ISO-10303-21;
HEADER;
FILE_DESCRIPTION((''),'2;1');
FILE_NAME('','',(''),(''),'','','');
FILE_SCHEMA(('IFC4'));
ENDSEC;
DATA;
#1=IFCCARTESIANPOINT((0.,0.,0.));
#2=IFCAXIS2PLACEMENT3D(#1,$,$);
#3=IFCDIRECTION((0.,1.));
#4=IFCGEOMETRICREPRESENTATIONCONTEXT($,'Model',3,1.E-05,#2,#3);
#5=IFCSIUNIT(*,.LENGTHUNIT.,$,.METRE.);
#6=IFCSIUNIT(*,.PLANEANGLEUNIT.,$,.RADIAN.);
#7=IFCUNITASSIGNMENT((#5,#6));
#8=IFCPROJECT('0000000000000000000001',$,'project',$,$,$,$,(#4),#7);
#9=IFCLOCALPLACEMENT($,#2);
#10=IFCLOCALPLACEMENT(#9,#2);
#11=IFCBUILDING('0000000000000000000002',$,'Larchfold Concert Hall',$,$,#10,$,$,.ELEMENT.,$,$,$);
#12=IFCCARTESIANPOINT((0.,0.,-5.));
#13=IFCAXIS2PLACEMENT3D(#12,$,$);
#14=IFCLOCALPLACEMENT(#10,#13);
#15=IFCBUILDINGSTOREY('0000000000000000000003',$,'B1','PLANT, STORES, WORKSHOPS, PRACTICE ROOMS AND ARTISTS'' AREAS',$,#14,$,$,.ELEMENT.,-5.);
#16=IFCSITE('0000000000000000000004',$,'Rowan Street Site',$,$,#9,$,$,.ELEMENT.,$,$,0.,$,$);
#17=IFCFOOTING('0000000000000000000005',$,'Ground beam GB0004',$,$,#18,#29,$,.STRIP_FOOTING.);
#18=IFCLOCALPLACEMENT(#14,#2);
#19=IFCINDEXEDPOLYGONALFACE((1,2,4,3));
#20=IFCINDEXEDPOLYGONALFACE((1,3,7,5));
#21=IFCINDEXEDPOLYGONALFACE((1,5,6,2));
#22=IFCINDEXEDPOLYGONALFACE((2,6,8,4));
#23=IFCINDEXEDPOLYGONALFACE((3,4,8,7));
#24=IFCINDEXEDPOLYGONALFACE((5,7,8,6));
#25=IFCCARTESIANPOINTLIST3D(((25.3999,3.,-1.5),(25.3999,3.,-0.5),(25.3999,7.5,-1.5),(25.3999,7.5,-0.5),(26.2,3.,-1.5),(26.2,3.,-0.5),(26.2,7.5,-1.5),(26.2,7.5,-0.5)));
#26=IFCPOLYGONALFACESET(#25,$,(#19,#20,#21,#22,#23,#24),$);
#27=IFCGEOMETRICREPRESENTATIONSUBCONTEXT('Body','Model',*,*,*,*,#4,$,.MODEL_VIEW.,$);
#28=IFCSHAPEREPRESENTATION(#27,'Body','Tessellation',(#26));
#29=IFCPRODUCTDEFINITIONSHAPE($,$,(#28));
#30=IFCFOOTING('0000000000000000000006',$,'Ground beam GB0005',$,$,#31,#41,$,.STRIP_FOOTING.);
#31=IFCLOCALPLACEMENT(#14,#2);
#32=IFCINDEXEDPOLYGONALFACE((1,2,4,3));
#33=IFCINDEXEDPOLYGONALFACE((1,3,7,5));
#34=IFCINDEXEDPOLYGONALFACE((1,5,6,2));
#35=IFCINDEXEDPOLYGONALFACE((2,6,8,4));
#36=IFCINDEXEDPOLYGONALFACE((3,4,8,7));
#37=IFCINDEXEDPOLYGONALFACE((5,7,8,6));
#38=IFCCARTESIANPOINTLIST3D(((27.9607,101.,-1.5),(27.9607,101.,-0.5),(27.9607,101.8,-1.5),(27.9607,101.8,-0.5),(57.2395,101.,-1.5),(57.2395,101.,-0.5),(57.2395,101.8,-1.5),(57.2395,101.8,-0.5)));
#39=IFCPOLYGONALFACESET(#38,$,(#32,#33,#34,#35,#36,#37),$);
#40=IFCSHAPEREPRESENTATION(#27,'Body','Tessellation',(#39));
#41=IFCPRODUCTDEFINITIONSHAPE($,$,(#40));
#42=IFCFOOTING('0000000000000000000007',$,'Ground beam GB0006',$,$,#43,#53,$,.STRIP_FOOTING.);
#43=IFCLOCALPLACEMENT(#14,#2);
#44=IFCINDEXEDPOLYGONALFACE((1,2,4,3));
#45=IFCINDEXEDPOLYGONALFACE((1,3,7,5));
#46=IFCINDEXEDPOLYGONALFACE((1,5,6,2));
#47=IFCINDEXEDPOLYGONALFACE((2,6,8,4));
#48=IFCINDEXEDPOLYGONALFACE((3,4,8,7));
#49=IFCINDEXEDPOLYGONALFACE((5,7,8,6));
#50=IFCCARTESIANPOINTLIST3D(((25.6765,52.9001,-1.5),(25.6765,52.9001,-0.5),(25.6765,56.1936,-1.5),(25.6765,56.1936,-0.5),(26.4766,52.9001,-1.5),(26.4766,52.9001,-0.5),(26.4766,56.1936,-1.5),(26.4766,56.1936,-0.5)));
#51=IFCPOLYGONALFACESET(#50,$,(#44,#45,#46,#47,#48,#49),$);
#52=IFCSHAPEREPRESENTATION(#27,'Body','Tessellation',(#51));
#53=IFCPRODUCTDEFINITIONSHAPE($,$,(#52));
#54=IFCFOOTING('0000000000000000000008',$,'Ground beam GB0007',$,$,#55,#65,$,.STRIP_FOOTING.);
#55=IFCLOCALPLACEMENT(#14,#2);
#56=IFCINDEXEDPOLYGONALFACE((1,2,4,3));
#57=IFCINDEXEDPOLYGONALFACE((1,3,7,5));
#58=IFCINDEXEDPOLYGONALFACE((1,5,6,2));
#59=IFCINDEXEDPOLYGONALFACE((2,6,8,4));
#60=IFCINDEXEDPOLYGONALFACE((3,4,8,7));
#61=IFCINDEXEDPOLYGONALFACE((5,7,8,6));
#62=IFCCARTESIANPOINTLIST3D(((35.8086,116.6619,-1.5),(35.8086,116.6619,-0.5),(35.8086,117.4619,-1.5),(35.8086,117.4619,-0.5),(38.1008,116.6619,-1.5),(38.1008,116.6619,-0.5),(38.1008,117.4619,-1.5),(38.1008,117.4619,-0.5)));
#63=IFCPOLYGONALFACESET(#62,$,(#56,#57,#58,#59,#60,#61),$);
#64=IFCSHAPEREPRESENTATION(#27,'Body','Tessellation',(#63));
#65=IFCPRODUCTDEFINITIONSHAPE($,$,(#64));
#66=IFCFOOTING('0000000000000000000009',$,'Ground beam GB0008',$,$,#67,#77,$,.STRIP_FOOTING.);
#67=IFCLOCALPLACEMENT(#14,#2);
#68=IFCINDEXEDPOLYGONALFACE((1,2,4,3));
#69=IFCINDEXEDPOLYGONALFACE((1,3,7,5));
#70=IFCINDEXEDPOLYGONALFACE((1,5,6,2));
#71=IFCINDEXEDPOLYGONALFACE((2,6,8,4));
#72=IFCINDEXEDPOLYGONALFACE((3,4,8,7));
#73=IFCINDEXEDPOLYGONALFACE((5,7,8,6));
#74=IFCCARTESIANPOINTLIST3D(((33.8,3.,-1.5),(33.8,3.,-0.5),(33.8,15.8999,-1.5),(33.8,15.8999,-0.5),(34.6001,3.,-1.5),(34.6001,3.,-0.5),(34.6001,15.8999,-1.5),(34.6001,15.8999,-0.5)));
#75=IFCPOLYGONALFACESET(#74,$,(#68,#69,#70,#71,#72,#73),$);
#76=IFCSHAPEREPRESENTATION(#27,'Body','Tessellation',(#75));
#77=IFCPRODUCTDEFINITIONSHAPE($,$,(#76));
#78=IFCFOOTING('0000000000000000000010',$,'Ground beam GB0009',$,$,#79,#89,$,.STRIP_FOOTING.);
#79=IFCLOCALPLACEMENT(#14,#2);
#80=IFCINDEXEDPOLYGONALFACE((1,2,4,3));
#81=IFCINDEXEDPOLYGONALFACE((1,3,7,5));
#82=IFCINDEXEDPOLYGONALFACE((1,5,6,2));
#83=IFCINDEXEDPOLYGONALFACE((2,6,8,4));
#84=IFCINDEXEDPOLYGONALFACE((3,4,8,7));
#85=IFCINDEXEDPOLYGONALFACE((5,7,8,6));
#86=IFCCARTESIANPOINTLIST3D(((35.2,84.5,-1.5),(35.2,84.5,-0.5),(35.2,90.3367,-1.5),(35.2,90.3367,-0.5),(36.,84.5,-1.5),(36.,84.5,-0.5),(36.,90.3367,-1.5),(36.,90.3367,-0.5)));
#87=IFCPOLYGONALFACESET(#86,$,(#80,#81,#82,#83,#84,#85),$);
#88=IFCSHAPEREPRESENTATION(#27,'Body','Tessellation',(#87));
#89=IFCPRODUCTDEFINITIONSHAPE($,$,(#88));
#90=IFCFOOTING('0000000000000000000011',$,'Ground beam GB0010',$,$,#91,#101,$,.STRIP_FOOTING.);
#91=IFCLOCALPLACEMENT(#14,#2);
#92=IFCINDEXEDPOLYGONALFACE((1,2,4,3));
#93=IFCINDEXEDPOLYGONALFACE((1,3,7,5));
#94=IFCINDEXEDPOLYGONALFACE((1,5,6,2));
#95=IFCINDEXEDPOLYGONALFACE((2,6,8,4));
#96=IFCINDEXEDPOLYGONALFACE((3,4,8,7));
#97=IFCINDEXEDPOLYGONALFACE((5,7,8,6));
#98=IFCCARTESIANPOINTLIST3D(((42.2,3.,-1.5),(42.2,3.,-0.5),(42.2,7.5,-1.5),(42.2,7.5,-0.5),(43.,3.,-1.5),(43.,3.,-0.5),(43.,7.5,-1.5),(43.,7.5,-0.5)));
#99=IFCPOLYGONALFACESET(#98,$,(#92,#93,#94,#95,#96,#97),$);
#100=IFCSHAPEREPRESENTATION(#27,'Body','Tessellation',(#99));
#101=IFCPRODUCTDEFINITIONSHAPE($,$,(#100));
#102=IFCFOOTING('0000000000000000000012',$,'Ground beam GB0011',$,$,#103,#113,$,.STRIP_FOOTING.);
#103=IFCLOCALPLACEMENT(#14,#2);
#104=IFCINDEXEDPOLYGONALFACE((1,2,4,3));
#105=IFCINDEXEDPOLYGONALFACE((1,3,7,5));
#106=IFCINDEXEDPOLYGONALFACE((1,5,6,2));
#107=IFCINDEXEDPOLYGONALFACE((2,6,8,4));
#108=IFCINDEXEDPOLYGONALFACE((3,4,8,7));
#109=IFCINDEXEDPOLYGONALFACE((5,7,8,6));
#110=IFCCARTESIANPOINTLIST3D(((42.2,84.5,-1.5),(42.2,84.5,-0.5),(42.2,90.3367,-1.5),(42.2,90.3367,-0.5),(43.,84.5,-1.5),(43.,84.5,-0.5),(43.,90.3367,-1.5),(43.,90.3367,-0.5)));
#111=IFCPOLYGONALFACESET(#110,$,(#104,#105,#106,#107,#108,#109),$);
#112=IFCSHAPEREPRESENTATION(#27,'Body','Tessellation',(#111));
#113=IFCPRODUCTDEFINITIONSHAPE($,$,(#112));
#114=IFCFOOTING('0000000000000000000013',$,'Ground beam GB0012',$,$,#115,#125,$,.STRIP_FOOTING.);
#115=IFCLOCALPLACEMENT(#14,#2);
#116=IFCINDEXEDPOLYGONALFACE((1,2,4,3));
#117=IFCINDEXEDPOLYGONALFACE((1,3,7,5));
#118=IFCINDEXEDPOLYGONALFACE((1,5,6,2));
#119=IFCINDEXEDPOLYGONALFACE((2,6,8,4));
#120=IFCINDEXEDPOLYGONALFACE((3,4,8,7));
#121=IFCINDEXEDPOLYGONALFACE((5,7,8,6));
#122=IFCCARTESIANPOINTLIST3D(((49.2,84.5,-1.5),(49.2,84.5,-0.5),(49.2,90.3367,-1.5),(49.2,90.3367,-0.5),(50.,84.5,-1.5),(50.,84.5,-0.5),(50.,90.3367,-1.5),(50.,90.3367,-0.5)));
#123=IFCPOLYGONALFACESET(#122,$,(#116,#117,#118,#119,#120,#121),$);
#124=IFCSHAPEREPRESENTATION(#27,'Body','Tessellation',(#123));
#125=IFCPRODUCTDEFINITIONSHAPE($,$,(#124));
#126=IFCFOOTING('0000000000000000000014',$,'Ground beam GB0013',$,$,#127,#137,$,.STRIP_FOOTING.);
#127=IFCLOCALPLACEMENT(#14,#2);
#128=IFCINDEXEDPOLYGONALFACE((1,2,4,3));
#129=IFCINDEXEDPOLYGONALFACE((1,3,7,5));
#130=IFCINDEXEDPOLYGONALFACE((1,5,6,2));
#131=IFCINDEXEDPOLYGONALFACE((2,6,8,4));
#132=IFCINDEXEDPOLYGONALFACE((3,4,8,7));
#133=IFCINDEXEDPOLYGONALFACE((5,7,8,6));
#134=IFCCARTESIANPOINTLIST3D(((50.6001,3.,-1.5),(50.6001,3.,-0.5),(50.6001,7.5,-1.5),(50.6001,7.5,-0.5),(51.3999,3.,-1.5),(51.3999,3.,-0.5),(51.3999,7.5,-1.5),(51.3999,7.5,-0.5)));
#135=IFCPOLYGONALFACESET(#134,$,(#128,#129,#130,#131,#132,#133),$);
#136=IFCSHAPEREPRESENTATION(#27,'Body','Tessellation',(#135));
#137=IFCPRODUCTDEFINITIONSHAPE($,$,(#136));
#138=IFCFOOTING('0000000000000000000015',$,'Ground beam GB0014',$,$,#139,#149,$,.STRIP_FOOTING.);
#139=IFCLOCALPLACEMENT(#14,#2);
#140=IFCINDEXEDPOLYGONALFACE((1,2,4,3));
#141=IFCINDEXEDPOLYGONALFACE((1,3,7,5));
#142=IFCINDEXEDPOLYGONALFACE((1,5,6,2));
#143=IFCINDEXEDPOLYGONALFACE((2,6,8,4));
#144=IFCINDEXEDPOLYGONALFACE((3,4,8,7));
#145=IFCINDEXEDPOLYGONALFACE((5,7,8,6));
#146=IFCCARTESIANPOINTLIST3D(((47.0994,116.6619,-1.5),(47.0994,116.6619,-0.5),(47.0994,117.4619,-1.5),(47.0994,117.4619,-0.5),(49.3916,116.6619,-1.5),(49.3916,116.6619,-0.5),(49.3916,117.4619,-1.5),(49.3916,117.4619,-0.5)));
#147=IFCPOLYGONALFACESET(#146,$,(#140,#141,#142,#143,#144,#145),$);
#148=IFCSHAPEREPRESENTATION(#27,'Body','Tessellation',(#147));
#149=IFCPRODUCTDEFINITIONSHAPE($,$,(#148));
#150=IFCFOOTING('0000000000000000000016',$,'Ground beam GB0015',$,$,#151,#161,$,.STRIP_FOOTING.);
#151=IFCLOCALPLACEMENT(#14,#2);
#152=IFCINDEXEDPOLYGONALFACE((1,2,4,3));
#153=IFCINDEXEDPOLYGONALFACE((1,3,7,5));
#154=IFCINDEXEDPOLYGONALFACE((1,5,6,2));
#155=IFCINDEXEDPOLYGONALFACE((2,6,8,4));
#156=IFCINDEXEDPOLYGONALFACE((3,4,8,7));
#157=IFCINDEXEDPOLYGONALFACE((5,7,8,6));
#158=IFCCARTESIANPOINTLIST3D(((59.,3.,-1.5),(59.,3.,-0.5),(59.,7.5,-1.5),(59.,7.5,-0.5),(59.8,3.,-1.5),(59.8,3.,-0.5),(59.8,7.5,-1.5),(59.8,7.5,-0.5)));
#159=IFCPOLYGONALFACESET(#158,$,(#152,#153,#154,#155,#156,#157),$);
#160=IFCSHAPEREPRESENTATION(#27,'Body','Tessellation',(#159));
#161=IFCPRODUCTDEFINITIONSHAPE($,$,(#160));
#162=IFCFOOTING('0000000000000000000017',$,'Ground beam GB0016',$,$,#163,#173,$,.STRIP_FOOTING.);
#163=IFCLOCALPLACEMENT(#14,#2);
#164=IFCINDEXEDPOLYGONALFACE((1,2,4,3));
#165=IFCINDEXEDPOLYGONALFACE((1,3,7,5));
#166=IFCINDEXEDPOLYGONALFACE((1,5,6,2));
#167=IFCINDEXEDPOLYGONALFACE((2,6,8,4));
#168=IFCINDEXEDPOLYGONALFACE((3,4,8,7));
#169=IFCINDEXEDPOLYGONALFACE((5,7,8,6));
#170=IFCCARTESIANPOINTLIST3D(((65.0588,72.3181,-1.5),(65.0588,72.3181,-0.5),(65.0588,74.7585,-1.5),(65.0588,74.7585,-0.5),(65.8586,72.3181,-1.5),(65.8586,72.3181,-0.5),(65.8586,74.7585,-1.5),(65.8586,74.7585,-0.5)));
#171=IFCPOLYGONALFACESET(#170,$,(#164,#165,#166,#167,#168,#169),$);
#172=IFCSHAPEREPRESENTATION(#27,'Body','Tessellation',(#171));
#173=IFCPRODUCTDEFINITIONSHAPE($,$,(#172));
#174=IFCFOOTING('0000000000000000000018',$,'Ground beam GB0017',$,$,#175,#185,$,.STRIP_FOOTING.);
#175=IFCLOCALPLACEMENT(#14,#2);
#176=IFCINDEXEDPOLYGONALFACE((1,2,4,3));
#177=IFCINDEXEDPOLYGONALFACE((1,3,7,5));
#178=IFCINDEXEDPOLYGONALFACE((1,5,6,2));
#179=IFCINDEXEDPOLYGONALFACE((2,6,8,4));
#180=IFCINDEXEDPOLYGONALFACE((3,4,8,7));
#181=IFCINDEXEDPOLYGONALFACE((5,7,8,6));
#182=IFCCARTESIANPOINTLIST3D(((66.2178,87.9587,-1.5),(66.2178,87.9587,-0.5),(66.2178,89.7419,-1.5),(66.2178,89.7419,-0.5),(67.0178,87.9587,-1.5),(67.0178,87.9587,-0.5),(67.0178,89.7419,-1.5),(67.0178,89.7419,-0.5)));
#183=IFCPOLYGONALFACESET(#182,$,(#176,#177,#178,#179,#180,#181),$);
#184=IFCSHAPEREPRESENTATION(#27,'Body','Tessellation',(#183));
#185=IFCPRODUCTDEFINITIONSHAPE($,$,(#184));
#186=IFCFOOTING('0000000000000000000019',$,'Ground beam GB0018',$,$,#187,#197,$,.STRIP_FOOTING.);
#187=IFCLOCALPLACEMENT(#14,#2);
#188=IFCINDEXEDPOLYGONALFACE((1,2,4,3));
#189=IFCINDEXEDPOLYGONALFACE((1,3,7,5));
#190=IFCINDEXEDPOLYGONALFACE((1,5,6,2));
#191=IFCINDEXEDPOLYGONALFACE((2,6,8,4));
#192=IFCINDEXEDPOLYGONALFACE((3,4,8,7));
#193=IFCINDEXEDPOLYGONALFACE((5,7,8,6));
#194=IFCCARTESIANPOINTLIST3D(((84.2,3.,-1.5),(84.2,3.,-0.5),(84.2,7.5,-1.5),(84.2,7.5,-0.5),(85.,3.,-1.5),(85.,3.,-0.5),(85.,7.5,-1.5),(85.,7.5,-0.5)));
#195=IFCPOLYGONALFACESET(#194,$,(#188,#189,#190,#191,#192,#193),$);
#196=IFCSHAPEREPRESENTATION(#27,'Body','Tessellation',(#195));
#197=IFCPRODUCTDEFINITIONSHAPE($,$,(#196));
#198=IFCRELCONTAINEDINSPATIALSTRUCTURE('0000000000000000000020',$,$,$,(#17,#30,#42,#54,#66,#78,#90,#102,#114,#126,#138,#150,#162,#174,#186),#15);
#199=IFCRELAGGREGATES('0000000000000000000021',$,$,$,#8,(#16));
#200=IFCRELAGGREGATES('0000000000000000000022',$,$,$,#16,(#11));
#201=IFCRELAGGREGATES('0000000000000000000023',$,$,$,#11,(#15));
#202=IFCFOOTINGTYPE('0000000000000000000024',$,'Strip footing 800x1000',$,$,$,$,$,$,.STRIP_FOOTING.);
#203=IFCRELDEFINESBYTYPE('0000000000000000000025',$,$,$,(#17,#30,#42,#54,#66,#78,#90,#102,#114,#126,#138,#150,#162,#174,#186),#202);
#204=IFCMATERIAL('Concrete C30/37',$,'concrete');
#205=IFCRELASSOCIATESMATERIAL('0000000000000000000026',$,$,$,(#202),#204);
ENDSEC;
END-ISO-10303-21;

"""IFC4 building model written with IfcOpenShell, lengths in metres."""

from ifc_helpers import new_model, si_unit, direction, frame, origin, place, context, subcontext, project, spatial, polyline, outline, extrude, material, type_object, element, save


model = new_model("IFC4")

# Units and contexts
model_context = context("Model", 3, precision=1e-05, world=origin(), true_north=direction((0.0, 1.0)))
body_context = subcontext(model_context, "Body", "Model", "MODEL_VIEW")
ifc_project = project(units=[si_unit("LENGTHUNIT", "METRE"), si_unit("PLANEANGLEUNIT", "RADIAN")], contexts=[model_context])

# Site, building, storey
site_placement = place(None, origin())
site = spatial("IfcSite", under=ifc_project, at=site_placement, Name="Rowan Street Site", CompositionType="ELEMENT", RefElevation=0.0)
building_placement = place(site_placement, origin())
building = spatial("IfcBuilding", under=site, at=building_placement, Name="Larchfold Concert Hall", CompositionType="ELEMENT")
storey_placement = place(building_placement, frame((0.0, 0.0, -5.0)))
storey = spatial("IfcBuildingStorey", under=building, at=storey_placement, Name="B1", Description="PLANT, STORES, WORKSHOPS, PRACTICE ROOMS AND ARTISTS' AREAS", CompositionType="ELEMENT", Elevation=-5.0)

# Footings
ifc_material_1 = material(Name="Concrete C30/37", Category="concrete")
footing_type_1 = type_object("IfcFootingType", Name="Strip footing 800x1000", PredefinedType="STRIP_FOOTING", material=ifc_material_1)
footing_1_placement = place(storey_placement, frame((0.0, 0.0, -1.5)))
element("IfcFooting", 1, at=footing_1_placement, inside=storey, type_object=footing_type_1, Name="Ground beam GB0004", PredefinedType="STRIP_FOOTING", context=body_context, shape_type="SweptSolid", body=[
    extrude(outline(polyline([(25.3999, 3.0), (26.2, 3.0), (26.2, 7.5), (25.3999, 7.5), (25.3999, 3.0)])), origin(), (0.0, 0.0, 1.0), 1.0),
])
footing_2_placement = place(storey_placement, frame((0.0, 0.0, -1.5)))
element("IfcFooting", 2, at=footing_2_placement, inside=storey, type_object=footing_type_1, Name="Ground beam GB0005", PredefinedType="STRIP_FOOTING", context=body_context, shape_type="SweptSolid", body=[
    extrude(outline(polyline([(27.9607, 101.8), (27.9607, 101.0), (57.2395, 101.0), (57.2395, 101.8), (27.9607, 101.8)])), origin(), (0.0, 0.0, 1.0), 1.0),
])
footing_3_placement = place(storey_placement, frame((0.0, 0.0, -1.5)))
element("IfcFooting", 3, at=footing_3_placement, inside=storey, type_object=footing_type_1, Name="Ground beam GB0006", PredefinedType="STRIP_FOOTING", context=body_context, shape_type="SweptSolid", body=[
    extrude(outline(polyline([(25.6765, 52.9001), (26.4766, 52.9001), (26.4766, 56.1936), (25.6765, 56.1936), (25.6765, 52.9001)])), origin(), (0.0, 0.0, 1.0), 1.0),
])
footing_4_placement = place(storey_placement, frame((0.0, 0.0, -1.5)))
element("IfcFooting", 4, at=footing_4_placement, inside=storey, type_object=footing_type_1, Name="Ground beam GB0007", PredefinedType="STRIP_FOOTING", context=body_context, shape_type="SweptSolid", body=[
    extrude(outline(polyline([(35.8086, 117.4619), (35.8086, 116.6619), (38.1008, 116.6619), (38.1008, 117.4619), (35.8086, 117.4619)])), origin(), (0.0, 0.0, 1.0), 1.0),
])
footing_5_placement = place(storey_placement, frame((0.0, 0.0, -1.5)))
element("IfcFooting", 5, at=footing_5_placement, inside=storey, type_object=footing_type_1, Name="Ground beam GB0008", PredefinedType="STRIP_FOOTING", context=body_context, shape_type="SweptSolid", body=[
    extrude(outline(polyline([(33.8, 3.0), (34.6001, 3.0), (34.6001, 15.8999), (33.8, 15.8999), (33.8, 3.0)])), origin(), (0.0, 0.0, 1.0), 1.0),
])
footing_6_placement = place(storey_placement, frame((0.0, 0.0, -1.5)))
element("IfcFooting", 6, at=footing_6_placement, inside=storey, type_object=footing_type_1, Name="Ground beam GB0009", PredefinedType="STRIP_FOOTING", context=body_context, shape_type="SweptSolid", body=[
    extrude(outline(polyline([(35.2, 84.5), (36.0, 84.5), (36.0, 90.3367), (35.2, 90.3367), (35.2, 84.5)])), origin(), (0.0, 0.0, 1.0), 1.0),
])
footing_7_placement = place(storey_placement, frame((0.0, 0.0, -1.5)))
element("IfcFooting", 7, at=footing_7_placement, inside=storey, type_object=footing_type_1, Name="Ground beam GB0010", PredefinedType="STRIP_FOOTING", context=body_context, shape_type="SweptSolid", body=[
    extrude(outline(polyline([(42.2, 3.0), (43.0, 3.0), (43.0, 7.5), (42.2, 7.5), (42.2, 3.0)])), origin(), (0.0, 0.0, 1.0), 1.0),
])
footing_8_placement = place(storey_placement, frame((0.0, 0.0, -1.5)))
element("IfcFooting", 8, at=footing_8_placement, inside=storey, type_object=footing_type_1, Name="Ground beam GB0011", PredefinedType="STRIP_FOOTING", context=body_context, shape_type="SweptSolid", body=[
    extrude(outline(polyline([(42.2, 84.5), (43.0, 84.5), (43.0, 90.3367), (42.2, 90.3367), (42.2, 84.5)])), origin(), (0.0, 0.0, 1.0), 1.0),
])
footing_9_placement = place(storey_placement, frame((0.0, 0.0, -1.5)))
element("IfcFooting", 9, at=footing_9_placement, inside=storey, type_object=footing_type_1, Name="Ground beam GB0012", PredefinedType="STRIP_FOOTING", context=body_context, shape_type="SweptSolid", body=[
    extrude(outline(polyline([(49.2, 84.5), (50.0, 84.5), (50.0, 90.3367), (49.2, 90.3367), (49.2, 84.5)])), origin(), (0.0, 0.0, 1.0), 1.0),
])
footing_10_placement = place(storey_placement, frame((0.0, 0.0, -1.5)))
element("IfcFooting", 10, at=footing_10_placement, inside=storey, type_object=footing_type_1, Name="Ground beam GB0013", PredefinedType="STRIP_FOOTING", context=body_context, shape_type="SweptSolid", body=[
    extrude(outline(polyline([(50.6001, 3.0), (51.3999, 3.0), (51.3999, 7.5), (50.6001, 7.5), (50.6001, 3.0)])), origin(), (0.0, 0.0, 1.0), 1.0),
])
footing_11_placement = place(storey_placement, frame((0.0, 0.0, -1.5)))
element("IfcFooting", 11, at=footing_11_placement, inside=storey, type_object=footing_type_1, Name="Ground beam GB0014", PredefinedType="STRIP_FOOTING", context=body_context, shape_type="SweptSolid", body=[
    extrude(outline(polyline([(47.0994, 117.4619), (47.0994, 116.6619), (49.3916, 116.6619), (49.3916, 117.4619), (47.0994, 117.4619)])), origin(), (0.0, 0.0, 1.0), 1.0),
])
footing_12_placement = place(storey_placement, frame((0.0, 0.0, -1.5)))
element("IfcFooting", 12, at=footing_12_placement, inside=storey, type_object=footing_type_1, Name="Ground beam GB0015", PredefinedType="STRIP_FOOTING", context=body_context, shape_type="SweptSolid", body=[
    extrude(outline(polyline([(59.0, 3.0), (59.8, 3.0), (59.8, 7.5), (59.0, 7.5), (59.0, 3.0)])), origin(), (0.0, 0.0, 1.0), 1.0),
])
footing_13_placement = place(storey_placement, frame((0.0, 0.0, -1.5)))
element("IfcFooting", 13, at=footing_13_placement, inside=storey, type_object=footing_type_1, Name="Ground beam GB0016", PredefinedType="STRIP_FOOTING", context=body_context, shape_type="SweptSolid", body=[
    extrude(outline(polyline([(65.0588, 72.3181), (65.8586, 72.3181), (65.8586, 74.7585), (65.0588, 74.7585), (65.0588, 72.3181)])), origin(), (0.0, 0.0, 1.0), 1.0),
])
footing_14_placement = place(storey_placement, frame((0.0, 0.0, -1.5)))
element("IfcFooting", 14, at=footing_14_placement, inside=storey, type_object=footing_type_1, Name="Ground beam GB0017", PredefinedType="STRIP_FOOTING", context=body_context, shape_type="SweptSolid", body=[
    extrude(outline(polyline([(66.2178, 87.9587), (67.0178, 87.9587), (67.0178, 89.7419), (66.2178, 89.7419), (66.2178, 87.9587)])), origin(), (0.0, 0.0, 1.0), 1.0),
])
footing_15_placement = place(storey_placement, frame((0.0, 0.0, -1.5)))
element("IfcFooting", 15, at=footing_15_placement, inside=storey, type_object=footing_type_1, Name="Ground beam GB0018", PredefinedType="STRIP_FOOTING", context=body_context, shape_type="SweptSolid", body=[
    extrude(outline(polyline([(84.2, 3.0), (85.0, 3.0), (85.0, 7.5), (84.2, 7.5), (84.2, 3.0)])), origin(), (0.0, 0.0, 1.0), 1.0),
])

save(model, "model.ifc")
